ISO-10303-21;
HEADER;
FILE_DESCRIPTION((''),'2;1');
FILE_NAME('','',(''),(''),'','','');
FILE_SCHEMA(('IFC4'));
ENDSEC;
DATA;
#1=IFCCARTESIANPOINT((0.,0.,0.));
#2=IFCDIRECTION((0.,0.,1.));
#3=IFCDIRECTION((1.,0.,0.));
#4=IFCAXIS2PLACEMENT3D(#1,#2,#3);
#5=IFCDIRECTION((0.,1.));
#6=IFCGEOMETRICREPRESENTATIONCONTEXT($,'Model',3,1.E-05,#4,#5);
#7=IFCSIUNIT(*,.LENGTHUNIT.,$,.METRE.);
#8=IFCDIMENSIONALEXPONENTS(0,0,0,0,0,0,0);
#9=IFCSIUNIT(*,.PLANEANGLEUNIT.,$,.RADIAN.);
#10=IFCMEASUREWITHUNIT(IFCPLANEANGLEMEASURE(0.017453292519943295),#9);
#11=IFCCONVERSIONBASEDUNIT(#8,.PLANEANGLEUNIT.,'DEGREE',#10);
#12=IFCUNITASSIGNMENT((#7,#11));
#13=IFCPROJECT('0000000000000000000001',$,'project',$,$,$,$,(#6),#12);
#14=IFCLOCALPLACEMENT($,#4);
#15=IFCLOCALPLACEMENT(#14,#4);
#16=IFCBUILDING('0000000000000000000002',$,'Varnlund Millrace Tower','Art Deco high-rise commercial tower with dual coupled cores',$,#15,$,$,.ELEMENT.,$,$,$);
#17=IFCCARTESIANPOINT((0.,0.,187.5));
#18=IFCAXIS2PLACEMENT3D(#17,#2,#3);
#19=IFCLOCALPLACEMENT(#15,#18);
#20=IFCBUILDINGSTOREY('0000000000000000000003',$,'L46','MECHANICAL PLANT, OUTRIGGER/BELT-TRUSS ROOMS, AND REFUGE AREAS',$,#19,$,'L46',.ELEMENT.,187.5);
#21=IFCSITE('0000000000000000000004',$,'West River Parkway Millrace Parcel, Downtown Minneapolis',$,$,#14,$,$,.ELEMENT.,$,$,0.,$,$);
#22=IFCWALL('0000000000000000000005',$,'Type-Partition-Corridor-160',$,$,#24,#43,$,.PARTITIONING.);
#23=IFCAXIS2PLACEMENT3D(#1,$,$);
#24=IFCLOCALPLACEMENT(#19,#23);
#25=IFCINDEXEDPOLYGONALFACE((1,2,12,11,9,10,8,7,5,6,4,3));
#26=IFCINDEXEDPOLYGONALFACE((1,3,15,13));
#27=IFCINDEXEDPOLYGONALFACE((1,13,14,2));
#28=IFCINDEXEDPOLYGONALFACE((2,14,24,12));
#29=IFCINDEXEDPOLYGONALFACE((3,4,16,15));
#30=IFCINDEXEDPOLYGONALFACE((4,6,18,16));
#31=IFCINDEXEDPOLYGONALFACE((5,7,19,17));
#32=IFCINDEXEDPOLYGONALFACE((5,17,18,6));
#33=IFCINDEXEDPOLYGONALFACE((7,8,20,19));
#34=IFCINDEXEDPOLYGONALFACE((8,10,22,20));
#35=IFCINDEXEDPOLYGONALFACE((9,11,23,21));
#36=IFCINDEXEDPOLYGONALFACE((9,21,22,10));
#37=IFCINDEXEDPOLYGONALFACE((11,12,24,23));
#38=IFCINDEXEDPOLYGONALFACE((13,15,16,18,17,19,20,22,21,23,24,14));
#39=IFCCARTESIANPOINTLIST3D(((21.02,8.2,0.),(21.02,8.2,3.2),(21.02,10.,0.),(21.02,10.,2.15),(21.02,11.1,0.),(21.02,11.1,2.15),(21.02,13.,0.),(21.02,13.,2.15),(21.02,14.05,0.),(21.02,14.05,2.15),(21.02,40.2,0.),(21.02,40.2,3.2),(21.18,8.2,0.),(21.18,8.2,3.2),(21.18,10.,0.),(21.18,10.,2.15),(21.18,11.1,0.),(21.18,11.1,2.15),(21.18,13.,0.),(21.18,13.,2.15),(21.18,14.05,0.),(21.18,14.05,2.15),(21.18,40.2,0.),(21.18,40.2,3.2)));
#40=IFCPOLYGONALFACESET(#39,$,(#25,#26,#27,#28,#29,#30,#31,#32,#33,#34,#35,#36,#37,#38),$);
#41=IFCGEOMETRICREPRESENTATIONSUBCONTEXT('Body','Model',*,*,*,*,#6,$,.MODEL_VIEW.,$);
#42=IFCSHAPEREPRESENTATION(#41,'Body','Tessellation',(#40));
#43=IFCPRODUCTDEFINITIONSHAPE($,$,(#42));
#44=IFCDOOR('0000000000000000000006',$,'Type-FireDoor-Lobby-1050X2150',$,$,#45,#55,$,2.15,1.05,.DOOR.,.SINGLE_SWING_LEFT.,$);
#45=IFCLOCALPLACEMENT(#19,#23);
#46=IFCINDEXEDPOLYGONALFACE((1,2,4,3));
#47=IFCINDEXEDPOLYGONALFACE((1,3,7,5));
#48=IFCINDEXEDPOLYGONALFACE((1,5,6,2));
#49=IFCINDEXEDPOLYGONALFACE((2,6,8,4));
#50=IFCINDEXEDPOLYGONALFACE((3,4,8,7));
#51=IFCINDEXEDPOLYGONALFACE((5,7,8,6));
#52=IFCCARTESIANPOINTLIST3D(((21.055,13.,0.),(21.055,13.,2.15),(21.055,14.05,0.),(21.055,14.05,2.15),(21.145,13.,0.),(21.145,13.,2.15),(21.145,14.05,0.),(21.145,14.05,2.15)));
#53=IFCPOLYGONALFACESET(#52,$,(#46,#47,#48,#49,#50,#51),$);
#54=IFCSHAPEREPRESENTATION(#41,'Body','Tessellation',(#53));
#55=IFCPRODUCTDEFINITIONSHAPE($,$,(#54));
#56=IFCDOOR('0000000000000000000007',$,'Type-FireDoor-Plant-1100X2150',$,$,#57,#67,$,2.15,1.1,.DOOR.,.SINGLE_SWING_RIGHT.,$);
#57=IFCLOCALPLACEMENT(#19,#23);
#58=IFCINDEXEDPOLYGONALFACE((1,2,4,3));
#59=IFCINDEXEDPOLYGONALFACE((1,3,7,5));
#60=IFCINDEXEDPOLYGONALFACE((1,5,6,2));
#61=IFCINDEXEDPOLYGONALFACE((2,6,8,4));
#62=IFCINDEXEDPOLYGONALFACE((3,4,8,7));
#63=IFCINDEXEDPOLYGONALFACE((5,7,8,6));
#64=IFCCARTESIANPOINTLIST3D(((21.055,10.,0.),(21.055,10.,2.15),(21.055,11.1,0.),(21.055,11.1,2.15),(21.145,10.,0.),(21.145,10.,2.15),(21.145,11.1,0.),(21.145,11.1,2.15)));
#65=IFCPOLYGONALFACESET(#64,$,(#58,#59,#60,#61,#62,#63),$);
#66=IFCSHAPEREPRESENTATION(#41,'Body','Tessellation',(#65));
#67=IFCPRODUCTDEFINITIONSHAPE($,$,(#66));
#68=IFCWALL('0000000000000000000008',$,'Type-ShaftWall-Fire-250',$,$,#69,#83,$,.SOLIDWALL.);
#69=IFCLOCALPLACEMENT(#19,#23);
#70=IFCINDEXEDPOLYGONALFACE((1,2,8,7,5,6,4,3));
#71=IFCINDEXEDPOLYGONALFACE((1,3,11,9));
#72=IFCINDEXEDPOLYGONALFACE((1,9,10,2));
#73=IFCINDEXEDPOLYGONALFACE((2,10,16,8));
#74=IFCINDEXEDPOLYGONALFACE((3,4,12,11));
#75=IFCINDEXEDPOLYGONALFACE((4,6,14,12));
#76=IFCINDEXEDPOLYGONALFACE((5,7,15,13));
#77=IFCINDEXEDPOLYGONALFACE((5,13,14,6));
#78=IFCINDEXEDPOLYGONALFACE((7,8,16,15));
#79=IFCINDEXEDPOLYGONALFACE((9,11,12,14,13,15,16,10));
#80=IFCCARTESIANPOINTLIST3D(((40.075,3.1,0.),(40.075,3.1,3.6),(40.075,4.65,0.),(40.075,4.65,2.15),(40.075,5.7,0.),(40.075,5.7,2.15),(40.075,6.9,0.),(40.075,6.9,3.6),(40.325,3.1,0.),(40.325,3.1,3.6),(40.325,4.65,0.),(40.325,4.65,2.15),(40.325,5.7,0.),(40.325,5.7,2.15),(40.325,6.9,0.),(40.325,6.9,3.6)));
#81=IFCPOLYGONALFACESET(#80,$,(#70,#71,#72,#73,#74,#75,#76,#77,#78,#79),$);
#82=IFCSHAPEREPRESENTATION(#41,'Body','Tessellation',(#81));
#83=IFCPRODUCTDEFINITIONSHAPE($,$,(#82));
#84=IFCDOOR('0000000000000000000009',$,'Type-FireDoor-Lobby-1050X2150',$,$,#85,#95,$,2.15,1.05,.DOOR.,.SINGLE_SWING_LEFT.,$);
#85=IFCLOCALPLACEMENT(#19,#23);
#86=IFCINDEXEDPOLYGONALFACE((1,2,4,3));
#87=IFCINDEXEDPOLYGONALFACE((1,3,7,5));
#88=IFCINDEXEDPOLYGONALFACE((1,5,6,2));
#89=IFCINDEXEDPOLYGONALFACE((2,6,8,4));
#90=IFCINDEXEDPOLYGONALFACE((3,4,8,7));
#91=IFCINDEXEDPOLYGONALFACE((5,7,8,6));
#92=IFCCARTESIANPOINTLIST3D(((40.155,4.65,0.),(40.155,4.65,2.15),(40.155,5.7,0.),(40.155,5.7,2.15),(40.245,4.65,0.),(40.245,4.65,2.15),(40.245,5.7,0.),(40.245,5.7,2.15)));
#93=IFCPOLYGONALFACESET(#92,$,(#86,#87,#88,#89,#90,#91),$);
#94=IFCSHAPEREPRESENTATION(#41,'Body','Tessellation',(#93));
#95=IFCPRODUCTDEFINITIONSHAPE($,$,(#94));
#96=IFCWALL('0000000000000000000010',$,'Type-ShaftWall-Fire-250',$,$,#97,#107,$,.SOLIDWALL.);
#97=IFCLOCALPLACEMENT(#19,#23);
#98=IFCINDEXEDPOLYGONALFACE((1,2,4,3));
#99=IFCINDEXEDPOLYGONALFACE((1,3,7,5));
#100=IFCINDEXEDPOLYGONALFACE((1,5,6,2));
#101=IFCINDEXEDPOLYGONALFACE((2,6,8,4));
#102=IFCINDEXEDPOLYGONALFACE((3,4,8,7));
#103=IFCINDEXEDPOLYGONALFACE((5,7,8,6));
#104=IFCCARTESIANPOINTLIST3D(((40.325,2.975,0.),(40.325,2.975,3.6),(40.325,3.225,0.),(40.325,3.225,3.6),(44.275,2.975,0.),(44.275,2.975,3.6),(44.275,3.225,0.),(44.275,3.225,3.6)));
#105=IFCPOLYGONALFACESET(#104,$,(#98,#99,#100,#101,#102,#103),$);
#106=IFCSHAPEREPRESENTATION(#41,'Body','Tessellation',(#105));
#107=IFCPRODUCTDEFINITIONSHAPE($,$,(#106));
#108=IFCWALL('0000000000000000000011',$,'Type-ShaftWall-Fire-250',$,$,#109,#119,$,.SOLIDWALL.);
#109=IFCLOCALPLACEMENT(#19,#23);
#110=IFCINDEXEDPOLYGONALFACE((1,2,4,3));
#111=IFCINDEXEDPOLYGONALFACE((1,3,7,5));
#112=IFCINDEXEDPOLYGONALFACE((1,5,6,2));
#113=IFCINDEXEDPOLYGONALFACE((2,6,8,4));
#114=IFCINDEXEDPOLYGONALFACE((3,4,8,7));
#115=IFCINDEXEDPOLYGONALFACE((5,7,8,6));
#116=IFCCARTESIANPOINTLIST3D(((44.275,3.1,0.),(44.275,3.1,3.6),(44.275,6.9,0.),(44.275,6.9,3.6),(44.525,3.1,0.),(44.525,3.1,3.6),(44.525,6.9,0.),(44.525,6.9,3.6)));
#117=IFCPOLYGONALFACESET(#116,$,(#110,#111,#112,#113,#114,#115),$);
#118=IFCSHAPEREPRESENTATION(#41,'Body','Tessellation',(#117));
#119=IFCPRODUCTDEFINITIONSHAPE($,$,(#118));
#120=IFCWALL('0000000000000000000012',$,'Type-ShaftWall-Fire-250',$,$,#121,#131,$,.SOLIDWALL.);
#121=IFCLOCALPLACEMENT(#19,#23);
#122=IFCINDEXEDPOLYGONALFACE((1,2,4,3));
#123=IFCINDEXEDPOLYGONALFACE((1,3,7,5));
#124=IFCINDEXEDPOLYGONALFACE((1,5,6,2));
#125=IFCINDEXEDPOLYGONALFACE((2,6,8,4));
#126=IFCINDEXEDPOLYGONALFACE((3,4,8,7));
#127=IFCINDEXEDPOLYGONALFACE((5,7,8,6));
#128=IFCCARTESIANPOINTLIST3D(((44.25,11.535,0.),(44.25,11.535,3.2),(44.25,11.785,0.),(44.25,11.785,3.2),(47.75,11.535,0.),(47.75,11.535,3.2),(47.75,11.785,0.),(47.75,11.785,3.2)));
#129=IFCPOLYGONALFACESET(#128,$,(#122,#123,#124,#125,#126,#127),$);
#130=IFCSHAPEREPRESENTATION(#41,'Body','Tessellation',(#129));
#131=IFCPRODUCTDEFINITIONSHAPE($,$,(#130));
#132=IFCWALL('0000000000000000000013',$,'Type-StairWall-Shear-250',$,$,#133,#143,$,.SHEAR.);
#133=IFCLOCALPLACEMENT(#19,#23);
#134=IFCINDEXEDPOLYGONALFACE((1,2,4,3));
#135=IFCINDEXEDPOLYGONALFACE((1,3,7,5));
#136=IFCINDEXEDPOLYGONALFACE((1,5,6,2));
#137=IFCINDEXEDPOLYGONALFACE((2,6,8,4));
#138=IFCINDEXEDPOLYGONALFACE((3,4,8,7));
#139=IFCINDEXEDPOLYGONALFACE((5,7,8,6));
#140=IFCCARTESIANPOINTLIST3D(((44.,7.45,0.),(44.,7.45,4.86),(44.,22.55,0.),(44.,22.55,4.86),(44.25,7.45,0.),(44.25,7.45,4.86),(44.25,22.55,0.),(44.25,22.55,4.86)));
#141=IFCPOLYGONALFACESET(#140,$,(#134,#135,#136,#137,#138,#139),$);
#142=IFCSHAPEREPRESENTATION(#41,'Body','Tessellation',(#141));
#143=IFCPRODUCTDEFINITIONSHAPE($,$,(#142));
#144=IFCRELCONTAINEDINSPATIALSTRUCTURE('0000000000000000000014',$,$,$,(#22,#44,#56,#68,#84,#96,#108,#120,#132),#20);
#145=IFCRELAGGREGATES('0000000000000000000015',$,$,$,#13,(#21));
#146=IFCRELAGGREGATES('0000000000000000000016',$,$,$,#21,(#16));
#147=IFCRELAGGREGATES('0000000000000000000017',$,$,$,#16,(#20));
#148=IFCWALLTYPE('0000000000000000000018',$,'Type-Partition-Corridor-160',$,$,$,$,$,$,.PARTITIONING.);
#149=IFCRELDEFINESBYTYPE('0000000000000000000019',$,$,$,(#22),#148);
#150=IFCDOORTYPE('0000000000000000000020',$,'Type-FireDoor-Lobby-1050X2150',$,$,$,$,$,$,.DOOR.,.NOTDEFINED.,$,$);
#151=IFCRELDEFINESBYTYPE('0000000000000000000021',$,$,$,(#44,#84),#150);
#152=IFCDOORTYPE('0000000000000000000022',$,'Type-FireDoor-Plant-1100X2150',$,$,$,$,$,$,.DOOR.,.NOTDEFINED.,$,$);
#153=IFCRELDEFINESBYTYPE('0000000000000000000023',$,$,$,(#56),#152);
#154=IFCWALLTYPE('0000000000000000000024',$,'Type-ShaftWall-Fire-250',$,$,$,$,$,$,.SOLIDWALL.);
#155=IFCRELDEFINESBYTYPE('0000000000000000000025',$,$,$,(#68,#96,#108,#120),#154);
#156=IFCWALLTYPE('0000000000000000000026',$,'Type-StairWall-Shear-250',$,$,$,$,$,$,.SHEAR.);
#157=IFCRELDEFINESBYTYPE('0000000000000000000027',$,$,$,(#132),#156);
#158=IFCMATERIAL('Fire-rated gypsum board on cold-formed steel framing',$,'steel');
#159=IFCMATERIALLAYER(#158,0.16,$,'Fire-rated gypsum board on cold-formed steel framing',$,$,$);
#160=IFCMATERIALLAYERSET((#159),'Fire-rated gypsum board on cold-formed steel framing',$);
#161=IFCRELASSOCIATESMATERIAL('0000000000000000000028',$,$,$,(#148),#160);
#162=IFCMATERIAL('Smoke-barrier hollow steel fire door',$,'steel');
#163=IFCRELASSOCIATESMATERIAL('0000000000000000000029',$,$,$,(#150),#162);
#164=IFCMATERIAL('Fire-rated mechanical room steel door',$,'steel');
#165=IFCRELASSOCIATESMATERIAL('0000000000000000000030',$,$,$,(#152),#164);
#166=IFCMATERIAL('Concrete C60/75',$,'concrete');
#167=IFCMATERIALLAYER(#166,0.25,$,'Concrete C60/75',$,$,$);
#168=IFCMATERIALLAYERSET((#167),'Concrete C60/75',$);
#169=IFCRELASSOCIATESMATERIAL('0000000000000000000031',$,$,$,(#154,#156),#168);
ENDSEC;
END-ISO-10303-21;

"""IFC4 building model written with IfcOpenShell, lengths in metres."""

from ifc_helpers import new_model, entity, si_unit, converted_unit, direction, frame, origin_with_axes, origin_2d_with_axis, place, context, subcontext, project, spatial, polyline, rectangle, outline, extrude, material, layer, layer_set, type_object, element, fill, save


model = new_model("IFC4")

# Units and contexts
model_context = context("Model", 3, precision=1e-05, world=origin_with_axes(), true_north=direction((0.0, 1.0)))
body_context = subcontext(model_context, "Body", "Model", "MODEL_VIEW")
ifc_project = project(units=[si_unit("LENGTHUNIT", "METRE"), converted_unit("PLANEANGLEUNIT", "DEGREE", entity("IfcPlaneAngleMeasure", 0.017453292519943295), si_unit("PLANEANGLEUNIT", "RADIAN"), dimensions=[0, 0, 0, 0, 0, 0, 0])], contexts=[model_context])

# Site, building, storey
site_placement = place(None, origin_with_axes())
site = spatial("IfcSite", under=ifc_project, at=site_placement, Name="West River Parkway Millrace Parcel, Downtown Minneapolis", CompositionType="ELEMENT", RefElevation=0.0)
building_placement = place(site_placement, origin_with_axes())
building = spatial("IfcBuilding", under=site, at=building_placement, Name="Varnlund Millrace Tower", Description="Art Deco high-rise commercial tower with dual coupled cores", CompositionType="ELEMENT")
storey_placement = place(building_placement, frame((0.0, 0.0, 187.5), z_axis=(0.0, 0.0, 1.0), x_axis=(1.0, 0.0, 0.0)))
storey = spatial("IfcBuildingStorey", under=building, at=storey_placement, Name="L46", Description="MECHANICAL PLANT, OUTRIGGER/BELT-TRUSS ROOMS, AND REFUGE AREAS", LongName="L46", CompositionType="ELEMENT", Elevation=187.5)

# Wall, openings, doors
ifc_material_1 = material(Name="Fire-rated gypsum board on cold-formed steel framing", Category="steel")
ifc_layer_1 = layer(ifc_material_1, 0.16, Name="Fire-rated gypsum board on cold-formed steel framing")
ifc_layer_set_1 = layer_set([ifc_layer_1], Name="Fire-rated gypsum board on cold-formed steel framing")
wall_type_1 = type_object("IfcWallType", Name="Type-Partition-Corridor-160", PredefinedType="PARTITIONING", material=ifc_layer_set_1)
wall_1_placement = place(storey_placement, frame((21.1, 8.2, 0.0), z_axis=(0.0, 0.0, 1.0), x_axis=(0.0, 1.0, 0.0)))
wall_1 = element("IfcWall", 1, at=wall_1_placement, inside=storey, type_object=wall_type_1, Name="Type-Partition-Corridor-160", PredefinedType="PARTITIONING", context=body_context, shape_type="SweptSolid", body=[
    extrude(outline(polyline([(0.0, -0.08), (32.0, -0.08), (32.0, 0.08), (0.0, 0.08), (0.0, -0.08)])), origin_with_axes(), (0.0, 0.0, 1.0), 3.2),
])
opening_1_placement = place(wall_1_placement, frame((5.325, 0.0, 0.0), z_axis=(0.0, 0.0, 1.0), x_axis=(1.0, 0.0, 0.0)))
opening_1 = element("IfcOpeningElement", 2, at=opening_1_placement, cuts=wall_1, PredefinedType="OPENING", context=body_context, shape_type="SweptSolid", body=[
    extrude(rectangle(XDim=1.05, YDim=0.18, at=origin_2d_with_axis()), origin_with_axes(), (0.0, 0.0, 1.0), 2.15),
])
opening_2_placement = place(wall_1_placement, frame((2.35, 0.0, 0.0), z_axis=(0.0, 0.0, 1.0), x_axis=(1.0, 0.0, 0.0)))
opening_2 = element("IfcOpeningElement", 3, at=opening_2_placement, cuts=wall_1, PredefinedType="OPENING", context=body_context, shape_type="SweptSolid", body=[
    extrude(rectangle(XDim=1.1, YDim=0.18, at=origin_2d_with_axis()), origin_with_axes(), (0.0, 0.0, 1.0), 2.15),
])
ifc_material_2 = material(Name="Smoke-barrier hollow steel fire door", Category="steel")
door_type_1 = type_object("IfcDoorType", Name="Type-FireDoor-Lobby-1050X2150", OperationType="NOTDEFINED", PredefinedType="DOOR", material=ifc_material_2)
door_1_placement = place(wall_1_placement, frame((5.325, 0.0, 0.0), z_axis=(0.0, 0.0, 1.0), x_axis=(1.0, 0.0, 0.0)))
door_1 = element("IfcDoor", 4, at=door_1_placement, inside=storey, type_object=door_type_1, Name="Type-FireDoor-Lobby-1050X2150", OperationType="SINGLE_SWING_LEFT", OverallHeight=2.15, OverallWidth=1.05, PredefinedType="DOOR", context=body_context, shape_type="SweptSolid", body=[
    extrude(rectangle(XDim=1.05, YDim=0.09, at=origin_2d_with_axis()), origin_with_axes(), (0.0, 0.0, 1.0), 2.15),
])
fill(opening_1, door_1)
ifc_material_3 = material(Name="Fire-rated mechanical room steel door", Category="steel")
door_type_2 = type_object("IfcDoorType", Name="Type-FireDoor-Plant-1100X2150", OperationType="NOTDEFINED", PredefinedType="DOOR", material=ifc_material_3)
door_2_placement = place(wall_1_placement, frame((2.35, 0.0, 0.0), z_axis=(0.0, 0.0, 1.0), x_axis=(1.0, 0.0, 0.0)))
door_2 = element("IfcDoor", 5, at=door_2_placement, inside=storey, type_object=door_type_2, Name="Type-FireDoor-Plant-1100X2150", OperationType="SINGLE_SWING_RIGHT", OverallHeight=2.15, OverallWidth=1.1, PredefinedType="DOOR", context=body_context, shape_type="SweptSolid", body=[
    extrude(rectangle(XDim=1.1, YDim=0.09, at=origin_2d_with_axis()), origin_with_axes(), (0.0, 0.0, 1.0), 2.15),
])
fill(opening_2, door_2)

# Wall, opening, door
ifc_material_4 = material(Name="Concrete C60/75", Category="concrete")
ifc_layer_2 = layer(ifc_material_4, 0.25, Name="Concrete C60/75")
ifc_layer_set_2 = layer_set([ifc_layer_2], Name="Concrete C60/75")
wall_type_2 = type_object("IfcWallType", Name="Type-ShaftWall-Fire-250", PredefinedType="SOLIDWALL", material=ifc_layer_set_2)
wall_2_placement = place(storey_placement, frame((40.2, 3.1, 0.0), z_axis=(0.0, 0.0, 1.0), x_axis=(0.0, 1.0, 0.0)))
wall_2 = element("IfcWall", 6, at=wall_2_placement, inside=storey, type_object=wall_type_2, Name="Type-ShaftWall-Fire-250", PredefinedType="SOLIDWALL", context=body_context, shape_type="SweptSolid", body=[
    extrude(outline(polyline([(0.0, -0.125), (3.8, -0.125), (3.8, 0.125), (0.0, 0.125), (0.0, -0.125)])), origin_with_axes(), (0.0, 0.0, 1.0), 3.6),
])
opening_3_placement = place(wall_2_placement, frame((2.075, 0.0, 0.0), z_axis=(0.0, 0.0, 1.0), x_axis=(1.0, 0.0, 0.0)))
opening_3 = element("IfcOpeningElement", 7, at=opening_3_placement, cuts=wall_2, PredefinedType="OPENING", context=body_context, shape_type="SweptSolid", body=[
    extrude(rectangle(XDim=1.05, YDim=0.27, at=origin_2d_with_axis()), origin_with_axes(), (0.0, 0.0, 1.0), 2.15),
])
door_3_placement = place(wall_2_placement, frame((2.075, 0.0, 0.0), z_axis=(0.0, 0.0, 1.0), x_axis=(1.0, 0.0, 0.0)))
door_3 = element("IfcDoor", 8, at=door_3_placement, inside=storey, type_object=door_type_1, Name="Type-FireDoor-Lobby-1050X2150", OperationType="SINGLE_SWING_LEFT", OverallHeight=2.15, OverallWidth=1.05, PredefinedType="DOOR", context=body_context, shape_type="SweptSolid", body=[
    extrude(rectangle(XDim=1.05, YDim=0.09, at=origin_2d_with_axis()), origin_with_axes(), (0.0, 0.0, 1.0), 2.15),
])
fill(opening_3, door_3)

# Walls
wall_3_placement = place(storey_placement, frame((40.325, 3.1, 0.0), z_axis=(0.0, 0.0, 1.0), x_axis=(1.0, 0.0, 0.0)))
element("IfcWall", 9, at=wall_3_placement, inside=storey, type_object=wall_type_2, Name="Type-ShaftWall-Fire-250", PredefinedType="SOLIDWALL", context=body_context, shape_type="SweptSolid", body=[
    extrude(outline(polyline([(0.0, -0.125), (3.95, -0.125), (3.95, 0.125), (0.0, 0.125), (0.0, -0.125)])), origin_with_axes(), (0.0, 0.0, 1.0), 3.6),
])
wall_4_placement = place(storey_placement, frame((44.4, 3.1, 0.0), z_axis=(0.0, 0.0, 1.0), x_axis=(0.0, 1.0, 0.0)))
element("IfcWall", 10, at=wall_4_placement, inside=storey, type_object=wall_type_2, Name="Type-ShaftWall-Fire-250", PredefinedType="SOLIDWALL", context=body_context, shape_type="SweptSolid", body=[
    extrude(outline(polyline([(0.0, -0.125), (3.8, -0.125), (3.8, 0.125), (0.0, 0.125), (0.0, -0.125)])), origin_with_axes(), (0.0, 0.0, 1.0), 3.6),
])
wall_5_placement = place(storey_placement, frame((44.25, 11.66, 0.0), z_axis=(0.0, 0.0, 1.0), x_axis=(1.0, 0.0, 0.0)))
element("IfcWall", 11, at=wall_5_placement, inside=storey, type_object=wall_type_2, Name="Type-ShaftWall-Fire-250", PredefinedType="SOLIDWALL", context=body_context, shape_type="SweptSolid", body=[
    extrude(outline(polyline([(0.0, -0.125), (3.5, -0.125), (3.5, 0.125), (0.0, 0.125), (0.0, -0.125)])), origin_with_axes(), (0.0, 0.0, 1.0), 3.2),
])
wall_type_3 = type_object("IfcWallType", Name="Type-StairWall-Shear-250", PredefinedType="SHEAR", material=ifc_layer_set_2)
wall_6_placement = place(storey_placement, frame((44.125, 7.45, 0.0), z_axis=(0.0, 0.0, 1.0), x_axis=(0.0, 1.0, 0.0)))
element("IfcWall", 12, at=wall_6_placement, inside=storey, type_object=wall_type_3, Name="Type-StairWall-Shear-250", PredefinedType="SHEAR", context=body_context, shape_type="SweptSolid", body=[
    extrude(outline(polyline([(0.0, -0.125), (15.1, -0.125), (15.1, 0.125), (0.0, 0.125), (0.0, -0.125)])), origin_with_axes(), (0.0, 0.0, 1.0), 4.86),
])

save(model, "model.ifc")
